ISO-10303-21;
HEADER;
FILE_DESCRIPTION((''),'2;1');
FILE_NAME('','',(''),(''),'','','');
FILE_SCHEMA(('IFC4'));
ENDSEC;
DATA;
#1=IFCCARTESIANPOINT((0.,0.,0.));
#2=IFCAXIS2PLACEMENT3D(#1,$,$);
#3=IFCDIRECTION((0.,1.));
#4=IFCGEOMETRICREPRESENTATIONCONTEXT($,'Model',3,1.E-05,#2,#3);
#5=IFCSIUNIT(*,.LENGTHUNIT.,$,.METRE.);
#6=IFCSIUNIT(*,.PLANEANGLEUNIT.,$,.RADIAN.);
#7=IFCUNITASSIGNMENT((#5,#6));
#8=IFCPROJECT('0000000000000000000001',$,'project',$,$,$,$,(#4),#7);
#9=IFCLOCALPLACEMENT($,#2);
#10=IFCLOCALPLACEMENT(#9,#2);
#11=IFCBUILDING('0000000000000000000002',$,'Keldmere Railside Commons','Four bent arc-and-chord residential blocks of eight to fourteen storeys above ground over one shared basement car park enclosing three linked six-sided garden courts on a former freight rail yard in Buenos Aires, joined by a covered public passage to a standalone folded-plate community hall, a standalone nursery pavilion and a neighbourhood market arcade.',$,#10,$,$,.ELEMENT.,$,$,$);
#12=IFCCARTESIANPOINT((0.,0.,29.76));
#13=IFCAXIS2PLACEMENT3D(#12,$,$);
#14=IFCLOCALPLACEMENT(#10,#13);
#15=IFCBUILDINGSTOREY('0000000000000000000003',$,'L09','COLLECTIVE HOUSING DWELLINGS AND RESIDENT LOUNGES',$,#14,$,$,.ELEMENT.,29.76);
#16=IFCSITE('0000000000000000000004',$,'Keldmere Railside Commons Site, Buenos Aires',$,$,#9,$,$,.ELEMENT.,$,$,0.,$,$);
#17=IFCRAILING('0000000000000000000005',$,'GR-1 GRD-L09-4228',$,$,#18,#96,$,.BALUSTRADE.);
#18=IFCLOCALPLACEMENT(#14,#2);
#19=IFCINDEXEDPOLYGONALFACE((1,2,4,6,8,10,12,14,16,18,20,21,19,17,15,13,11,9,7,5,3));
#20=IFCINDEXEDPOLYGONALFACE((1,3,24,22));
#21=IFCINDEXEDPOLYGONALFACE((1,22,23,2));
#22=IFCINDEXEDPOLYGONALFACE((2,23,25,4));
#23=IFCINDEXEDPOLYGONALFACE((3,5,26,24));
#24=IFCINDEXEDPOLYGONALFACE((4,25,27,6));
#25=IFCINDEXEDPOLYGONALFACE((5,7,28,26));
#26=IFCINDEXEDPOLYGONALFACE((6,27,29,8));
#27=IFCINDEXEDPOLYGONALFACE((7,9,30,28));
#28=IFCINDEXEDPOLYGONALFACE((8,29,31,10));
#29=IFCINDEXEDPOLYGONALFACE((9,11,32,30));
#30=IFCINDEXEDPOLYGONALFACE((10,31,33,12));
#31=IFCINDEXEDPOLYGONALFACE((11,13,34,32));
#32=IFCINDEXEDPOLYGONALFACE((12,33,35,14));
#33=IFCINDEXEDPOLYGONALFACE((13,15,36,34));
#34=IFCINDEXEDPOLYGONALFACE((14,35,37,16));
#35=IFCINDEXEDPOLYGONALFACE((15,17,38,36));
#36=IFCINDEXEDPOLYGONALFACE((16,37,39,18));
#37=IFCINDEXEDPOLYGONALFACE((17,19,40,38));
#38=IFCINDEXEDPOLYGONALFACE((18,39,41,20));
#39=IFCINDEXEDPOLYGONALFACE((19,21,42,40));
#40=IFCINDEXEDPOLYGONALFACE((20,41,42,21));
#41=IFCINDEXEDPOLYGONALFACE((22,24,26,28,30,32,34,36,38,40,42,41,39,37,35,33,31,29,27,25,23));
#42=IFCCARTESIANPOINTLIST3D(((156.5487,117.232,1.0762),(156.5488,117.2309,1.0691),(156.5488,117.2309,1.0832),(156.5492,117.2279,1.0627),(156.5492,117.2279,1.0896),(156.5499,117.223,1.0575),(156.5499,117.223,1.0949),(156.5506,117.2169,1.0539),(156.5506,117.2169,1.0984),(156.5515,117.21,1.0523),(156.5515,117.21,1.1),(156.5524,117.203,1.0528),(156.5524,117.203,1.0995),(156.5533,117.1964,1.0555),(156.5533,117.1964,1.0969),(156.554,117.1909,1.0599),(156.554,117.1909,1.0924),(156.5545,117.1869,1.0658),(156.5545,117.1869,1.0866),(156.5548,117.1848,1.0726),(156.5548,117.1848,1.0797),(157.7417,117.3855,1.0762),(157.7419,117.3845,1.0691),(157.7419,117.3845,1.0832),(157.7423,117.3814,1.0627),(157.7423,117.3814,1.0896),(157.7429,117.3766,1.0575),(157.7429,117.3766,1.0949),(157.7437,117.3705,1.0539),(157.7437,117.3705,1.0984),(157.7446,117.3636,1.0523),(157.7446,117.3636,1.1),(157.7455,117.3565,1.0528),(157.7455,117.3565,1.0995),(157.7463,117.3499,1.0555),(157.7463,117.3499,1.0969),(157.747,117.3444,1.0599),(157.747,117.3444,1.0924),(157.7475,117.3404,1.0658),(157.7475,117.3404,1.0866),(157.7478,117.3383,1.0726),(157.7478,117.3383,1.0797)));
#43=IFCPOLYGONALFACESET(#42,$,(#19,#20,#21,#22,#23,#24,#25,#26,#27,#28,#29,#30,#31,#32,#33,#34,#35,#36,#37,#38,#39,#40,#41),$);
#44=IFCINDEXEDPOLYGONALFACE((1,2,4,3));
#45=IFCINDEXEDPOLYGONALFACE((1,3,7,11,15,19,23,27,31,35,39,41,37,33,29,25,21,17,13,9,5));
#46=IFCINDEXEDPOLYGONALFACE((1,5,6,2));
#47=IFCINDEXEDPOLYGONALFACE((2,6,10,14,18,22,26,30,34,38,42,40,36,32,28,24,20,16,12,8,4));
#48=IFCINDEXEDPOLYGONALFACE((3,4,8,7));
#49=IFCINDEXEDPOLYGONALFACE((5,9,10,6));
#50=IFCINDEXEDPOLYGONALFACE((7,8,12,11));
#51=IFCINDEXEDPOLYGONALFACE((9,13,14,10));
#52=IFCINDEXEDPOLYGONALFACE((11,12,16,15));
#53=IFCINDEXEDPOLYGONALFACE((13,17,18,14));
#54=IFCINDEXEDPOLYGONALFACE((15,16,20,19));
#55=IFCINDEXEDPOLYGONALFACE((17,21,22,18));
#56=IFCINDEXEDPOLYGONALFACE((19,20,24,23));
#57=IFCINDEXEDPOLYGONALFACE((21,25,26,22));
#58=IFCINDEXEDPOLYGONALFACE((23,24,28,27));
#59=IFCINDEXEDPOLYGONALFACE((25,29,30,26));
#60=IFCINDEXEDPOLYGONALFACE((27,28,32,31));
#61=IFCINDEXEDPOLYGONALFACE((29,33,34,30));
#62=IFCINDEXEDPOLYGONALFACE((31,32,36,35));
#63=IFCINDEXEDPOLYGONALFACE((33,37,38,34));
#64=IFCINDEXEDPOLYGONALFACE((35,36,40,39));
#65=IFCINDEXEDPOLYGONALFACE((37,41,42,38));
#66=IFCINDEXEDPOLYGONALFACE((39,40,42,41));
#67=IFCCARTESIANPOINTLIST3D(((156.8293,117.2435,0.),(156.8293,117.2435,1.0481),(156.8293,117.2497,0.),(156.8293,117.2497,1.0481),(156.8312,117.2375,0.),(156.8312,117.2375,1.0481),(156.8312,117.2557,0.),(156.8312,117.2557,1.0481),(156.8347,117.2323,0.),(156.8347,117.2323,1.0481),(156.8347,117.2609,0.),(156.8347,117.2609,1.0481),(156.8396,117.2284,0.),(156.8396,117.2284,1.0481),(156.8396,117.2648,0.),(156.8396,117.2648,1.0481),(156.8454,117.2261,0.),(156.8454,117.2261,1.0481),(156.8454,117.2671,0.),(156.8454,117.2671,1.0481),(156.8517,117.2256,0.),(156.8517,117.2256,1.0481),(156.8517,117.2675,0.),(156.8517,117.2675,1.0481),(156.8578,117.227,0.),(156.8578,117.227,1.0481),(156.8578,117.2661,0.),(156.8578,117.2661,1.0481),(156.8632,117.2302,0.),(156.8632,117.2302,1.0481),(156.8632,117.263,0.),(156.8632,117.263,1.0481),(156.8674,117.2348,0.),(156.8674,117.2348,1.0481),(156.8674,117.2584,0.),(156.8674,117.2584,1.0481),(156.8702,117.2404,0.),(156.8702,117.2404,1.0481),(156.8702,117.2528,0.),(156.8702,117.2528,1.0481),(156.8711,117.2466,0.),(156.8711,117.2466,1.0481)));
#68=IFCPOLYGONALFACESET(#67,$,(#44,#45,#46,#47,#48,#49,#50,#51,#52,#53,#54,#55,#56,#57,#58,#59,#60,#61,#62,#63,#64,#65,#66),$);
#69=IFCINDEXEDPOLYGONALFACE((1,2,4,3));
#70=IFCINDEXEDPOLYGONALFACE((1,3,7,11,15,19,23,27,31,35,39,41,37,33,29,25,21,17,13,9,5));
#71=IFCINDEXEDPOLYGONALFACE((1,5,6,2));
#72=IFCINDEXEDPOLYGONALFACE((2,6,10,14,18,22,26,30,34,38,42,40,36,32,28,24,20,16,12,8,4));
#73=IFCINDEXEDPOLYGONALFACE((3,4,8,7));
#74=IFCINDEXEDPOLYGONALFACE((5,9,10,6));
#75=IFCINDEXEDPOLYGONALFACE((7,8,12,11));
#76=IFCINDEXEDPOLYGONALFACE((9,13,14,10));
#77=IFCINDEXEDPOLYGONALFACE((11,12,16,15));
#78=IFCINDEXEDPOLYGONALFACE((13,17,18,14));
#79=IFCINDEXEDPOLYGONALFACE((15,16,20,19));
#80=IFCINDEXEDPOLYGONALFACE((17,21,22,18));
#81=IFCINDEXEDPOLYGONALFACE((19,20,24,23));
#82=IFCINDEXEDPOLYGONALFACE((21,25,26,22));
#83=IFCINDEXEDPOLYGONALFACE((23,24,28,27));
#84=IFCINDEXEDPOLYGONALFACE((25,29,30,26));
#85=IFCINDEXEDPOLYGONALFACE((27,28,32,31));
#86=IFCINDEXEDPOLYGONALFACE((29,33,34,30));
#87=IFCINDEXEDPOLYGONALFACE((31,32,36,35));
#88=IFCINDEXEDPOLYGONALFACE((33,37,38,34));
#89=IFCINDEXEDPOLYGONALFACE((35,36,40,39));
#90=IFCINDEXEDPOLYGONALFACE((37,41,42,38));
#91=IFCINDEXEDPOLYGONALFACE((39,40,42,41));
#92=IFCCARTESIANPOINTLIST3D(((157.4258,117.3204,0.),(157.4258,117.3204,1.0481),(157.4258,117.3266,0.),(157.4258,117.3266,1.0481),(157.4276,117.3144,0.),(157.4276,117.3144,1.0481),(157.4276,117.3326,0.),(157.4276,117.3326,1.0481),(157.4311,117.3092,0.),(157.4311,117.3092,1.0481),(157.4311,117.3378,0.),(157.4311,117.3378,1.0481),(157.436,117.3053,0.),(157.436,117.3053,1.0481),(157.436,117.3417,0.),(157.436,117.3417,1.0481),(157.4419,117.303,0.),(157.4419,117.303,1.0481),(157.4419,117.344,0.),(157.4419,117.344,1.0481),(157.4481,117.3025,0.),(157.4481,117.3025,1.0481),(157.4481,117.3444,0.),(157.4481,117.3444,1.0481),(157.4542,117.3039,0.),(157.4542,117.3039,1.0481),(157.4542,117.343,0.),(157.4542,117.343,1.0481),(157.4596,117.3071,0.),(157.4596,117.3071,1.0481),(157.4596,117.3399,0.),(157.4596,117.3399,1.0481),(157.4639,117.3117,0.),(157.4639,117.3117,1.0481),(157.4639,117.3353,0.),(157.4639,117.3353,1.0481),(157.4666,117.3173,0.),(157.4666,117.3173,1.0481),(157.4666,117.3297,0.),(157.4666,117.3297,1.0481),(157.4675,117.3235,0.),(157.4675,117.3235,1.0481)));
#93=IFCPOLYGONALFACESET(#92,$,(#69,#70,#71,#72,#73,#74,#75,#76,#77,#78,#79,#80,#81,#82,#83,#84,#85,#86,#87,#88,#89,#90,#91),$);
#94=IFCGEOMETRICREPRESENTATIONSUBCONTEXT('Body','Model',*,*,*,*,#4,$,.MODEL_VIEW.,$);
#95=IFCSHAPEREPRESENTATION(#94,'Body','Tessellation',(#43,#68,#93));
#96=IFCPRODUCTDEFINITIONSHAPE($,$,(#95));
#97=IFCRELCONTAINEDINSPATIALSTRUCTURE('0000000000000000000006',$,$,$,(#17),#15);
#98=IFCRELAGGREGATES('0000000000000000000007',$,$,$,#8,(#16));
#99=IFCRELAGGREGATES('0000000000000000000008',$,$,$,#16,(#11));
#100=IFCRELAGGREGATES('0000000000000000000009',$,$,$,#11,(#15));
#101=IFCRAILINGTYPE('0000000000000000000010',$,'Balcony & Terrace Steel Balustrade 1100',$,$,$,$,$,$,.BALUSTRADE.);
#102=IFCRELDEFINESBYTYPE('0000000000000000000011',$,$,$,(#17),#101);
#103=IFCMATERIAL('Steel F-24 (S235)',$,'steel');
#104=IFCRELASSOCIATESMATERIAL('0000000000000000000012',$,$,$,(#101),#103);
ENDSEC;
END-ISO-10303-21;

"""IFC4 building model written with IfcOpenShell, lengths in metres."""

from ifc_helpers import new_model, si_unit, direction, frame, origin, origin_2d, place, context, subcontext, project, spatial, circle, extrude, material, type_object, element, save


model = new_model("IFC4")

# Units and contexts
model_context = context("Model", 3, precision=1e-05, world=origin(), true_north=direction((0.0, 1.0)))
body_context = subcontext(model_context, "Body", "Model", "MODEL_VIEW")
ifc_project = project(units=[si_unit("LENGTHUNIT", "METRE"), si_unit("PLANEANGLEUNIT", "RADIAN")], contexts=[model_context])

# Site, building, storey
site_placement = place(None, origin())
site = spatial("IfcSite", under=ifc_project, at=site_placement, Name="Keldmere Railside Commons Site, Buenos Aires", CompositionType="ELEMENT", RefElevation=0.0)
building_placement = place(site_placement, origin())
building = spatial("IfcBuilding", under=site, at=building_placement, Name="Keldmere Railside Commons", Description="Four bent arc-and-chord residential blocks of eight to fourteen storeys above ground over one shared basement car park enclosing three linked six-sided garden courts on a former freight rail yard in Buenos Aires, joined by a covered public passage to a standalone folded-plate community hall, a standalone nursery pavilion and a neighbourhood market arcade.", CompositionType="ELEMENT")
storey_placement = place(building_placement, frame((0.0, 0.0, 29.76)))
storey = spatial("IfcBuildingStorey", under=building, at=storey_placement, Name="L09", Description="COLLECTIVE HOUSING DWELLINGS AND RESIDENT LOUNGES", CompositionType="ELEMENT", Elevation=29.76)

# Shared definitions
ifc_material_1 = material(Name="Steel F-24 (S235)", Category="steel")

# Railing
railing_type = type_object("IfcRailingType", Name="Balcony & Terrace Steel Balustrade 1100", PredefinedType="BALUSTRADE", material=ifc_material_1)
railing_1_placement = place(storey_placement, frame((156.5518, 117.2083, 0.0)))
element("IfcRailing", 1, at=railing_1_placement, inside=storey, type_object=railing_type, Name="GR-1 GRD-L09-4228", PredefinedType="BALUSTRADE", context=body_context, shape_type="SweptSolid", body=[
    extrude(circle(Radius=0.0239, at=origin_2d()), frame((0.0, 0.0, 1.0762), z_axis=(0.991819, 0.127656, 0.0), x_axis=(-0.127656, 0.991819, 0.0)), (0.0, 0.0, 1.0), 1.2029),
    extrude(circle(Radius=0.021, at=origin_2d()), frame((0.2983, 0.0383, 0.0)), (0.0, 0.0, 1.0), 1.0481),
    extrude(circle(Radius=0.021, at=origin_2d()), frame((0.8948, 0.1152, 0.0)), (0.0, 0.0, 1.0), 1.0481),
])

save(model, "model.ifc")
